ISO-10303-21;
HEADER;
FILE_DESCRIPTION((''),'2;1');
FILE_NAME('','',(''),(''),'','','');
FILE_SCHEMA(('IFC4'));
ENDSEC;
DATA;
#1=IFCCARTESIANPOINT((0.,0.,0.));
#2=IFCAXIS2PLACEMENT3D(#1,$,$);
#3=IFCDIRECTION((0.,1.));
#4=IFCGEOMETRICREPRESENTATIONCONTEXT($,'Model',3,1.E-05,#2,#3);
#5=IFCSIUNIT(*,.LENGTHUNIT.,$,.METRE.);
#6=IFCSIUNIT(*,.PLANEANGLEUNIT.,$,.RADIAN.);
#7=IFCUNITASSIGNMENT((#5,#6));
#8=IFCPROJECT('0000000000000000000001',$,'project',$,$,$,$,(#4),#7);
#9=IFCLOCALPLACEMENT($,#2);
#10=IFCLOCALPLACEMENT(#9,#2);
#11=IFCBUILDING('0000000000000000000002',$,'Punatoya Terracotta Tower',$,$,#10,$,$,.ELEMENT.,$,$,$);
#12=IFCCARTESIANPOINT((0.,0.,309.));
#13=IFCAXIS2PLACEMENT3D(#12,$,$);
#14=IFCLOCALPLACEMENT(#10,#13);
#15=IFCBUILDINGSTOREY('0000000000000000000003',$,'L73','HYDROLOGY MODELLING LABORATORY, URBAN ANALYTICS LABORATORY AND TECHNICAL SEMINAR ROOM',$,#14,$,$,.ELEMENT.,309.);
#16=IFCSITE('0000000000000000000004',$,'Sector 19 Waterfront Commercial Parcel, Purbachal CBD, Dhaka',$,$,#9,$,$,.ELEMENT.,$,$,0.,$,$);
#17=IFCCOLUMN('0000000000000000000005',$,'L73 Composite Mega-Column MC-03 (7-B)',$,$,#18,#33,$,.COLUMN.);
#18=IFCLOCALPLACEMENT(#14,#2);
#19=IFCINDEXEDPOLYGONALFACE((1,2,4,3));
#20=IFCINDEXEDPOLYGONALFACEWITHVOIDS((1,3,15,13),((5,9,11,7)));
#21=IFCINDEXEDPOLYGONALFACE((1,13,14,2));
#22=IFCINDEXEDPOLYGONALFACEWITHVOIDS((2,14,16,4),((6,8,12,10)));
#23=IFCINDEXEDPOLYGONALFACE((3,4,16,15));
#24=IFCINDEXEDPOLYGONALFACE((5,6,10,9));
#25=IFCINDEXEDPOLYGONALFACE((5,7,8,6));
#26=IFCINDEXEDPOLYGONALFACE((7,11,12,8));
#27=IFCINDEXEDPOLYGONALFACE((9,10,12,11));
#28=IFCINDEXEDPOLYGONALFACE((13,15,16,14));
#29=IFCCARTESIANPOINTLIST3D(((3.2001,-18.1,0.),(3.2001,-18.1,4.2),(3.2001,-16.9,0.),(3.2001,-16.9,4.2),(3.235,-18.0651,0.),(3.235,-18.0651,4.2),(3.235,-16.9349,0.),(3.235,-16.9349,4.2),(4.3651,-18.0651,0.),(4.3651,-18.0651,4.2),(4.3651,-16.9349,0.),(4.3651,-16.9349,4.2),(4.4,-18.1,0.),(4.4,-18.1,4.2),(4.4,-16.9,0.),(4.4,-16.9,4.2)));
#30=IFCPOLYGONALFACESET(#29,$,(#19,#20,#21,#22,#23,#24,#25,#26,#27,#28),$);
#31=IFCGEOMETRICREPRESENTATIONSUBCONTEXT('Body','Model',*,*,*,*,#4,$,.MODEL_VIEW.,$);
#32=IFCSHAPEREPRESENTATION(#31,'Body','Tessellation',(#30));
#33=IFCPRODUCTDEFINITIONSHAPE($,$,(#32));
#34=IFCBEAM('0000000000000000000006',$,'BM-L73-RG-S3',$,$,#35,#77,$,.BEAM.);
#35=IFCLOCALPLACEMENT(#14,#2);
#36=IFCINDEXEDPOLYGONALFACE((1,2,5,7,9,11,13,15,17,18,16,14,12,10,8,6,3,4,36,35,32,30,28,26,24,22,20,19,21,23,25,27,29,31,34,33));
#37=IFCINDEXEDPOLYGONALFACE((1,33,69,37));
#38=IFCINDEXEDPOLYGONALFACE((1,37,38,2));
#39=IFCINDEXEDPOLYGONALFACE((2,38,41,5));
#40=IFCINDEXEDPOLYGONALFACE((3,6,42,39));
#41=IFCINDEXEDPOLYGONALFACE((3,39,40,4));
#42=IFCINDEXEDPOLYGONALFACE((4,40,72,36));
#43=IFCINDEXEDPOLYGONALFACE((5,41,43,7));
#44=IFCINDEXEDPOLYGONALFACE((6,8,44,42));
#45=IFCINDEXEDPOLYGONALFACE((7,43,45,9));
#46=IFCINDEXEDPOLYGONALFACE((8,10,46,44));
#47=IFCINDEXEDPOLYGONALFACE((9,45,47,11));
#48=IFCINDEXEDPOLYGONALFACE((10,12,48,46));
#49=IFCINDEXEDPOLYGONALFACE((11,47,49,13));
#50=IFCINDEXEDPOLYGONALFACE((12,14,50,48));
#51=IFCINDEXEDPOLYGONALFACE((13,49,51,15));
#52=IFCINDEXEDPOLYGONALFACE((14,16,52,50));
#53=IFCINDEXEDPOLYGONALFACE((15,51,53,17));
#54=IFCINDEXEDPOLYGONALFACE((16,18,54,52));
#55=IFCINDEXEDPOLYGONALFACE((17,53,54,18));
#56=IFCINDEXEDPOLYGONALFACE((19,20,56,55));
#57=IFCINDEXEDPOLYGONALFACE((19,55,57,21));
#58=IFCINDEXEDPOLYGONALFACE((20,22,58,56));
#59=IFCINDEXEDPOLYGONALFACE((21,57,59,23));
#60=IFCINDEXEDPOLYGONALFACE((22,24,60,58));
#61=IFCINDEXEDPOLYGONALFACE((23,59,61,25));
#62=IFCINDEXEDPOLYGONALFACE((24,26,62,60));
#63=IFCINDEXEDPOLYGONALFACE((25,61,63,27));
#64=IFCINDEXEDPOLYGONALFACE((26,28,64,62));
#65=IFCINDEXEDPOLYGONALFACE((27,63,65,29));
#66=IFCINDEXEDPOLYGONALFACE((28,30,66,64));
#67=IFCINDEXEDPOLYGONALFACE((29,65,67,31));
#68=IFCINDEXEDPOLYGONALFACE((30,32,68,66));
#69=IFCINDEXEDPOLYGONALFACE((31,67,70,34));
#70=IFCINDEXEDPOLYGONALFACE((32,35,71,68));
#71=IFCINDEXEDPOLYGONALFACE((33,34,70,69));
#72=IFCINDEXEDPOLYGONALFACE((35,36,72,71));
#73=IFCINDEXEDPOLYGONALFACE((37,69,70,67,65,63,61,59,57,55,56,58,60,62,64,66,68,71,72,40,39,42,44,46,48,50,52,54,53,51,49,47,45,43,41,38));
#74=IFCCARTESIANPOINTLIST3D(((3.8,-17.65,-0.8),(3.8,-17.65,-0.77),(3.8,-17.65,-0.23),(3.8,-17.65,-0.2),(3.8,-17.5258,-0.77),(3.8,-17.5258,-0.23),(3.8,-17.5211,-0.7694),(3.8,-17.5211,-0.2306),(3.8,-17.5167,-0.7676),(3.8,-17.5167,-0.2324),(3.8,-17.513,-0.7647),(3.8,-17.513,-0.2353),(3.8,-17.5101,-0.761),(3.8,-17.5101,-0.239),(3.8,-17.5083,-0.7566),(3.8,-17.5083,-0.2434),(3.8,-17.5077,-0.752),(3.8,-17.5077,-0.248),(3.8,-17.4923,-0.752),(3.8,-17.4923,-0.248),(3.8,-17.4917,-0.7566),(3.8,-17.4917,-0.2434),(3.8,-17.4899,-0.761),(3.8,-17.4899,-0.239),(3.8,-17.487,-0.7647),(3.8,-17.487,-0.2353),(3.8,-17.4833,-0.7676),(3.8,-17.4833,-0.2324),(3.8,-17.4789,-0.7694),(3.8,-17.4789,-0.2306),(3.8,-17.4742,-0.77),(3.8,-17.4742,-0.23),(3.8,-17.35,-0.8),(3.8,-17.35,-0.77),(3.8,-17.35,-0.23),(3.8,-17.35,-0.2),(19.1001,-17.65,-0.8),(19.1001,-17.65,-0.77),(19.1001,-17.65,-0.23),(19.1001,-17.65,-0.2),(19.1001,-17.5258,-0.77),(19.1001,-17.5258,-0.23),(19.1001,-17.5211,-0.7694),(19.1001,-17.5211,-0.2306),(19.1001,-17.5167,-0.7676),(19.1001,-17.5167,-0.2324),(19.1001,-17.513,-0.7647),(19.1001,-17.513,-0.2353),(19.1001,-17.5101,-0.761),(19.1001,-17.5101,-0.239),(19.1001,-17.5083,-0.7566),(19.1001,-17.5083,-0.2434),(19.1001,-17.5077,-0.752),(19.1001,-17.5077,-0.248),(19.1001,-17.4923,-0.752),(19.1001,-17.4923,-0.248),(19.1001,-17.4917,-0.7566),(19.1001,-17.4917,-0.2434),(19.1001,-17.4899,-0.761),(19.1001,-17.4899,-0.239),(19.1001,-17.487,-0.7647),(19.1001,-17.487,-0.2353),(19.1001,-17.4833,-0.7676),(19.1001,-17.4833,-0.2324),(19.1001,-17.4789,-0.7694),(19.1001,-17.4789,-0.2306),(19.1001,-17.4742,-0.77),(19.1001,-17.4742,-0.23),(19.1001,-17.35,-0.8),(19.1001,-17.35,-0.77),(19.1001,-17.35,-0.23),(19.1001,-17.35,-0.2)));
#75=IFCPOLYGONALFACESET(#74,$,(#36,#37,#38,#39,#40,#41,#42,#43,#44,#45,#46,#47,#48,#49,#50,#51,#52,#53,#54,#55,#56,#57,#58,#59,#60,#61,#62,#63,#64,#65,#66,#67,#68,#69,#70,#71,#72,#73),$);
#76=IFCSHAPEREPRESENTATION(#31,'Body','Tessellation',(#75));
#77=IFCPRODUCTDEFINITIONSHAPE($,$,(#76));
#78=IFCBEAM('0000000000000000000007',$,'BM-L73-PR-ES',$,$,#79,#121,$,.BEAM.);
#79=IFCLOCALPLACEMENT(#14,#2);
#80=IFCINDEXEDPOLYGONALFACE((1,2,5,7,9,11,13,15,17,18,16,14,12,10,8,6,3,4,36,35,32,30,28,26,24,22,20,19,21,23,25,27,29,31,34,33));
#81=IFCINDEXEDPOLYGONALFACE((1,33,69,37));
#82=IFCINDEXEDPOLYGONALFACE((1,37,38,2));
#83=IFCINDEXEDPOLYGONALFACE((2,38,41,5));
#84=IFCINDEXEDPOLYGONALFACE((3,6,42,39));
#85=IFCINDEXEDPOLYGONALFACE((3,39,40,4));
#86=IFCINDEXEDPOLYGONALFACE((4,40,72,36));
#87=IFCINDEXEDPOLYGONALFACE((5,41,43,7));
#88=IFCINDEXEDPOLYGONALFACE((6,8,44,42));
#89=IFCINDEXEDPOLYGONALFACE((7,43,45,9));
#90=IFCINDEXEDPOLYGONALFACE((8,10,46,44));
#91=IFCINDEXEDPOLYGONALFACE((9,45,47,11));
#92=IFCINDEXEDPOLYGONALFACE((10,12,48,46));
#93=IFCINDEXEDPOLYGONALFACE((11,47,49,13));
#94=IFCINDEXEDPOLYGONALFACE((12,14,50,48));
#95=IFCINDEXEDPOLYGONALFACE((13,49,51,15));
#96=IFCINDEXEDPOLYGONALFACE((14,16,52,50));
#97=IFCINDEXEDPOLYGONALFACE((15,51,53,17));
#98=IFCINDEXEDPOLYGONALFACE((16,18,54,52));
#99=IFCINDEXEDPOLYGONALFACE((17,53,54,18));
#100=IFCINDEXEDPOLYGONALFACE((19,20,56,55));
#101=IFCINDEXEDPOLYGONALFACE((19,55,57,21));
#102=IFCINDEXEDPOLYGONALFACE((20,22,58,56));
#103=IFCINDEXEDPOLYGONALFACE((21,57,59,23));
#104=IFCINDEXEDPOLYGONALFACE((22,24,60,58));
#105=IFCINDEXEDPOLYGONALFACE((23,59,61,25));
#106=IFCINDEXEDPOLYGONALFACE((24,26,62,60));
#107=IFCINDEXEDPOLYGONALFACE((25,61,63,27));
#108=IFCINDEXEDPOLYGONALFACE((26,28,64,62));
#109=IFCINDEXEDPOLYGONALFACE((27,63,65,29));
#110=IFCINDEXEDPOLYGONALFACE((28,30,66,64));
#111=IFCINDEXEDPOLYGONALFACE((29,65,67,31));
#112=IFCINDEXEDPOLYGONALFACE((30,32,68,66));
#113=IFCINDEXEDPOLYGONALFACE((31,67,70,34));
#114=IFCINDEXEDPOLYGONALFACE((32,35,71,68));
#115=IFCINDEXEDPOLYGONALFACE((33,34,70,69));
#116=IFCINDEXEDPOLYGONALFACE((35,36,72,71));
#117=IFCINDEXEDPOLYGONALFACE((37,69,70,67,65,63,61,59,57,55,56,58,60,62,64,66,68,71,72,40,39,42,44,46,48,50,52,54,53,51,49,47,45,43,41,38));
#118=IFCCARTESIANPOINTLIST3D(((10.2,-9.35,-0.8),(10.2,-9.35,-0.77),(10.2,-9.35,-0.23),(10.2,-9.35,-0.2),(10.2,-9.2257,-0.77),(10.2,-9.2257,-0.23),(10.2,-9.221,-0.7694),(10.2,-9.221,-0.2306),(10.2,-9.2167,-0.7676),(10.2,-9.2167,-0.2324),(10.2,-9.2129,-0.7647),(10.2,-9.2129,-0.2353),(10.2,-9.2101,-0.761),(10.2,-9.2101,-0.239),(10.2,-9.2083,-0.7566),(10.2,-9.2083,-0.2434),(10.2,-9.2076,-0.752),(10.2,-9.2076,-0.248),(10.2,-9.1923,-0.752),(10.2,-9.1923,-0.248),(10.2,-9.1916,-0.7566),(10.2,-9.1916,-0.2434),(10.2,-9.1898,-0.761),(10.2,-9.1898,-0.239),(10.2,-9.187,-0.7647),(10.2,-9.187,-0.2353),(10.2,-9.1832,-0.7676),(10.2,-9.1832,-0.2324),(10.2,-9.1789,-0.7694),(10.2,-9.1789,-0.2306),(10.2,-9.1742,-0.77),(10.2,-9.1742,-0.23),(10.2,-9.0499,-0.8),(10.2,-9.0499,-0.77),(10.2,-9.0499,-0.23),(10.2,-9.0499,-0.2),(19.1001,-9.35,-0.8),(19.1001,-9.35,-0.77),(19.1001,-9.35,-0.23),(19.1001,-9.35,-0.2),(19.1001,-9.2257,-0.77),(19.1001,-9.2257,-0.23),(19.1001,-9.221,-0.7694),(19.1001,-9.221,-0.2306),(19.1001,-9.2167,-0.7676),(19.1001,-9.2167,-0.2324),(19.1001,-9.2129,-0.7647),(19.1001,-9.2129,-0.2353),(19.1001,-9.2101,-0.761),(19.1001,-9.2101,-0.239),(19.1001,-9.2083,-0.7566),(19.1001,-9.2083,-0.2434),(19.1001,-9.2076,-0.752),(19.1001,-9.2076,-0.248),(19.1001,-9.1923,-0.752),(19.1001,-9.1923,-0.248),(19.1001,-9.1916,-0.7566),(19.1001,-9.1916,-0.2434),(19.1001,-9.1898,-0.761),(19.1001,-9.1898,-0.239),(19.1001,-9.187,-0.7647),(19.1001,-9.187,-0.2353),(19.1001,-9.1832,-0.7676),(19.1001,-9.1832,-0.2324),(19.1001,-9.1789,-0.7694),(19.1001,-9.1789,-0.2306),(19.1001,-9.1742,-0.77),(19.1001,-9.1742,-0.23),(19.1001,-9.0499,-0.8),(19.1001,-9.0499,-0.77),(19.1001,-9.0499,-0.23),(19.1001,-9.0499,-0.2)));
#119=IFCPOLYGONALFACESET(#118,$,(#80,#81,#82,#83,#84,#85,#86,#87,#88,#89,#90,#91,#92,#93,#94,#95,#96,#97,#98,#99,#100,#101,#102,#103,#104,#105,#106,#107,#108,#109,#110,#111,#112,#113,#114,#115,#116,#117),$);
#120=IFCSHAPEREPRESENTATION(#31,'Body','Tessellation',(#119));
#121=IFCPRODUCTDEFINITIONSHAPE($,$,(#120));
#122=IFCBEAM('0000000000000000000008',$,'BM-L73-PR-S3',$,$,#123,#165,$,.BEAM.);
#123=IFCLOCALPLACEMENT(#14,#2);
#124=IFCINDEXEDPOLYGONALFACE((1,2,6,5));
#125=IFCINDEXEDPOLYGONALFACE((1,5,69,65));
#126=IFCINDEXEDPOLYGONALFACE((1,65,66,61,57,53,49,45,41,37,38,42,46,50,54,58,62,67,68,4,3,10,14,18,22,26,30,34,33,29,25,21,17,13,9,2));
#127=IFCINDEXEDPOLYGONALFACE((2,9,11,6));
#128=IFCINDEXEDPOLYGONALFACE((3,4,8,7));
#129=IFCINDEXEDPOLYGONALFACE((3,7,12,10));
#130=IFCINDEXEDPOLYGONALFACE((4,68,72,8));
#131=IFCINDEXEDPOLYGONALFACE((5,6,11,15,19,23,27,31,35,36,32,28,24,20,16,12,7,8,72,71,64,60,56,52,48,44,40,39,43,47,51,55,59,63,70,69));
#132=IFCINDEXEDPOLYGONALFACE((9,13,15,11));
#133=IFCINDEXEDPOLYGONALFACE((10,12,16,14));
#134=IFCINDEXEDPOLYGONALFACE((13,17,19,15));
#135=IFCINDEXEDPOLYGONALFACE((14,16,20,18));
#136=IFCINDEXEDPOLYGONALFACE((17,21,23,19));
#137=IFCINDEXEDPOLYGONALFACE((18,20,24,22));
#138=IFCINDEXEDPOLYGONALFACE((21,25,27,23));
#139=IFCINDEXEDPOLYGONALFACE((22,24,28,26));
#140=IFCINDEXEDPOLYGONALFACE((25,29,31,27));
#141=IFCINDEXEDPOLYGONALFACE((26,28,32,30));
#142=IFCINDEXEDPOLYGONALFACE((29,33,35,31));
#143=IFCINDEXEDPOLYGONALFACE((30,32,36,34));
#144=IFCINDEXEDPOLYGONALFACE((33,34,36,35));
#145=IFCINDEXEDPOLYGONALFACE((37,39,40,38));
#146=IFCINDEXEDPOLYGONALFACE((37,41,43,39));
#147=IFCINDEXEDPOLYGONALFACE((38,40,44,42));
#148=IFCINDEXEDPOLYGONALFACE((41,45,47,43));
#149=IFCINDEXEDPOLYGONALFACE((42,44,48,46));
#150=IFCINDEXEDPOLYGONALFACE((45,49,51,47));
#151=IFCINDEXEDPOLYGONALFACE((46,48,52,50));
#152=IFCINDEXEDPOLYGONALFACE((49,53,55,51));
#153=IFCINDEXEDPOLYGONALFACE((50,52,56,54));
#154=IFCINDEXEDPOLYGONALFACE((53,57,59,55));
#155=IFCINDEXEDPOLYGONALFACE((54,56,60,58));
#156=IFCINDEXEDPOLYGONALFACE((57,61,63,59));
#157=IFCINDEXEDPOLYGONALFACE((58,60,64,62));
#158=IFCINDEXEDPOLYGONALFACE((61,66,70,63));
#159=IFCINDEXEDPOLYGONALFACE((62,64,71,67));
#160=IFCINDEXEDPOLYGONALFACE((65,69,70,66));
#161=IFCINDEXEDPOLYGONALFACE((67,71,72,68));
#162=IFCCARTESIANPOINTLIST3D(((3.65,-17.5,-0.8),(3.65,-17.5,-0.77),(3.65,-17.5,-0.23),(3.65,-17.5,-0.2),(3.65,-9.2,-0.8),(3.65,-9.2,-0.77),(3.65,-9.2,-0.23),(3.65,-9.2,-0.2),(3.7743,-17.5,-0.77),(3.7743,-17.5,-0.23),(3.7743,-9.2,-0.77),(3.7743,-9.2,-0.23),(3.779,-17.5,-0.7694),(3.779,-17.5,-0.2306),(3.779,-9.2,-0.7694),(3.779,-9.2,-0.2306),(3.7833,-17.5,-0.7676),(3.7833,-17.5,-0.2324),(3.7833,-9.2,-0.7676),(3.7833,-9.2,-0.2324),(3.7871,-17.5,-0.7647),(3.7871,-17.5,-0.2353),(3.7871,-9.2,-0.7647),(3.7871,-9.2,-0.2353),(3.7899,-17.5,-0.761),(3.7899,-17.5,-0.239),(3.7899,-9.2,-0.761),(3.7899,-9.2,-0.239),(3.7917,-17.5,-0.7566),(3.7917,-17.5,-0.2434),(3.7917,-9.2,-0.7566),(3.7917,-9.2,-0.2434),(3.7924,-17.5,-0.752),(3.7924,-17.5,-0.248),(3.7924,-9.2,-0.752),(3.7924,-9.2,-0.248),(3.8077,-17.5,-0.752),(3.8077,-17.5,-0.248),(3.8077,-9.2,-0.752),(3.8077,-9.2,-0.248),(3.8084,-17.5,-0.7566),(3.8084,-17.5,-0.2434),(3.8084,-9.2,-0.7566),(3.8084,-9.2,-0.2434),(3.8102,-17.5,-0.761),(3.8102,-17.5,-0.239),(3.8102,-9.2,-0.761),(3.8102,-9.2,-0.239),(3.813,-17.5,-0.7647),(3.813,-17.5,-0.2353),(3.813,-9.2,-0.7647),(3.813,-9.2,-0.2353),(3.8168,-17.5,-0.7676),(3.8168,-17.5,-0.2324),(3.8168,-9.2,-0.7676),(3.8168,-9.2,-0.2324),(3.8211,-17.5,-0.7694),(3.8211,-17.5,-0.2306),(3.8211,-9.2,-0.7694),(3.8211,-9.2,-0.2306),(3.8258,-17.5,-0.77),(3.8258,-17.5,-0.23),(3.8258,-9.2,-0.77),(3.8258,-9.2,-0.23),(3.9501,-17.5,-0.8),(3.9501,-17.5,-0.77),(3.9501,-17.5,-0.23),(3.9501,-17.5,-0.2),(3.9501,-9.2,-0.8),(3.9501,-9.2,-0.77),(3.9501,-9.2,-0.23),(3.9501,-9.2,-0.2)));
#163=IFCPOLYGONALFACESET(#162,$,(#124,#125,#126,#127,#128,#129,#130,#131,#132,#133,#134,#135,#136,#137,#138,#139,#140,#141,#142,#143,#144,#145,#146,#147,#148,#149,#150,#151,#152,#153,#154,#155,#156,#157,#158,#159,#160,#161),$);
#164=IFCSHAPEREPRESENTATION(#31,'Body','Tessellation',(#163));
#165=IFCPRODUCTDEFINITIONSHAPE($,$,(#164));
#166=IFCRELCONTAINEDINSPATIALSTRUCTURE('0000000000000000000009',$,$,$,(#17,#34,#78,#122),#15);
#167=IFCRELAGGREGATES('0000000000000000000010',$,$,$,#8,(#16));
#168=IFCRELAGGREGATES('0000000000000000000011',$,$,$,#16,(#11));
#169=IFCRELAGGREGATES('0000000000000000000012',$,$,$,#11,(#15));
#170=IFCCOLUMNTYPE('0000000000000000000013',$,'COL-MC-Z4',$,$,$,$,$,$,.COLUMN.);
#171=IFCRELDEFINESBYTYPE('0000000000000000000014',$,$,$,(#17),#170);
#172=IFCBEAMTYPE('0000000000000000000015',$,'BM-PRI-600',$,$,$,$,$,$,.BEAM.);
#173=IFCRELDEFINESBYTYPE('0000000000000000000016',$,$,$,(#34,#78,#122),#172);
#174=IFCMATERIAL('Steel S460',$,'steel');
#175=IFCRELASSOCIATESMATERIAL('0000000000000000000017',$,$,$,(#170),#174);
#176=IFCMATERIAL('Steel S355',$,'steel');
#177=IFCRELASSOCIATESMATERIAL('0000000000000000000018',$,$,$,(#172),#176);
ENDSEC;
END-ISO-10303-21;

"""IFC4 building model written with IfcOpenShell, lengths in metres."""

from ifc_helpers import new_model, si_unit, direction, frame, origin, origin_2d, place, context, subcontext, project, spatial, hollow_rectangle, i_section, extrude, material, material_profile, profile_set, type_object, element, save


model = new_model("IFC4")

# Units and contexts
model_context = context("Model", 3, precision=1e-05, world=origin(), true_north=direction((0.0, 1.0)))
body_context = subcontext(model_context, "Body", "Model", "MODEL_VIEW")
ifc_project = project(units=[si_unit("LENGTHUNIT", "METRE"), si_unit("PLANEANGLEUNIT", "RADIAN")], contexts=[model_context])

# Site, building, storey
site_placement = place(None, origin())
site = spatial("IfcSite", under=ifc_project, at=site_placement, Name="Sector 19 Waterfront Commercial Parcel, Purbachal CBD, Dhaka", CompositionType="ELEMENT", RefElevation=0.0)
building_placement = place(site_placement, origin())
building = spatial("IfcBuilding", under=site, at=building_placement, Name="Punatoya Terracotta Tower", CompositionType="ELEMENT")
storey_placement = place(building_placement, frame((0.0, 0.0, 309.0)))
storey = spatial("IfcBuildingStorey", under=building, at=storey_placement, Name="L73", Description="HYDROLOGY MODELLING LABORATORY, URBAN ANALYTICS LABORATORY AND TECHNICAL SEMINAR ROOM", CompositionType="ELEMENT", Elevation=309.0)

# Column
ifc_material_1 = material(Name="Steel S460", Category="steel")
ifc_material_profile_1 = material_profile(ifc_material_1, hollow_rectangle(XDim=1.2, YDim=1.2, WallThickness=0.0349, at=origin_2d()))
ifc_profile_set_1 = profile_set([ifc_material_profile_1], Name="Steel S460")
column_type = type_object("IfcColumnType", Name="COL-MC-Z4", PredefinedType="COLUMN", material=ifc_profile_set_1)
column_placement = place(storey_placement, frame((3.8, -17.5, 0.0), z_axis=(0.0, 0.0, 1.0), x_axis=(1.0, 0.0, 0.0)))
element("IfcColumn", 1, at=column_placement, inside=storey, type_object=column_type, Name="L73 Composite Mega-Column MC-03 (7-B)", PredefinedType="COLUMN", context=body_context, shape_type="SweptSolid", body=[
    extrude(hollow_rectangle(XDim=1.2, YDim=1.2, WallThickness=0.0349, at=origin_2d()), origin(), (0.0, 0.0, 1.0), 4.2),
])

# Beams
ifc_material_2 = material(Name="Steel S355", Category="steel")
ifc_material_profile_2 = material_profile(ifc_material_2, i_section(OverallWidth=0.3, OverallDepth=0.6001, WebThickness=0.0154, FlangeThickness=0.03, FilletRadius=0.0181, at=origin_2d()))
ifc_profile_set_2 = profile_set([ifc_material_profile_2], Name="Steel S355")
beam_type_1 = type_object("IfcBeamType", Name="BM-PRI-600", PredefinedType="BEAM", material=ifc_profile_set_2)
beam_1_placement = place(storey_placement, frame((3.8, -17.5, -0.5), z_axis=(1.0, 0.0, 0.0), x_axis=(0.0, 1.0, 0.0)))
element("IfcBeam", 2, at=beam_1_placement, inside=storey, type_object=beam_type_1, Name="BM-L73-RG-S3", PredefinedType="BEAM", context=body_context, shape_type="SweptSolid", body=[
    extrude(i_section(OverallWidth=0.3, OverallDepth=0.6001, WebThickness=0.0154, FlangeThickness=0.03, FilletRadius=0.0181, at=origin_2d()), origin(), (0.0, 0.0, 1.0), 15.3),
])
beam_2_placement = place(storey_placement, frame((10.2, -9.2, -0.5), z_axis=(1.0, 0.0, 0.0), x_axis=(0.0, 1.0, 0.0)))
element("IfcBeam", 3, at=beam_2_placement, inside=storey, type_object=beam_type_1, Name="BM-L73-PR-ES", PredefinedType="BEAM", context=body_context, shape_type="SweptSolid", body=[
    extrude(i_section(OverallWidth=0.3, OverallDepth=0.6001, WebThickness=0.0154, FlangeThickness=0.03, FilletRadius=0.0181, at=origin_2d()), origin(), (0.0, 0.0, 1.0), 8.9001),
])
for number, where, z_axis, x_axis, name in (
    (4, (3.8, -17.5, -0.5), (0.0, 1.0, 0.0), (-1.0, 0.0, 0.0), "BM-L73-PR-S3"),
):
    element("IfcBeam", number, at=place(storey_placement, frame(where, z_axis=z_axis, x_axis=x_axis)), inside=storey, type_object=beam_type_1, Name=name, PredefinedType="BEAM", context=body_context, shape_type="SweptSolid", body=[
        extrude(i_section(OverallWidth=0.3, OverallDepth=0.6001, WebThickness=0.0154, FlangeThickness=0.03, FilletRadius=0.0181, at=origin_2d()), origin(), (0.0, 0.0, 1.0), 8.3),
    ])

save(model, "model.ifc")
